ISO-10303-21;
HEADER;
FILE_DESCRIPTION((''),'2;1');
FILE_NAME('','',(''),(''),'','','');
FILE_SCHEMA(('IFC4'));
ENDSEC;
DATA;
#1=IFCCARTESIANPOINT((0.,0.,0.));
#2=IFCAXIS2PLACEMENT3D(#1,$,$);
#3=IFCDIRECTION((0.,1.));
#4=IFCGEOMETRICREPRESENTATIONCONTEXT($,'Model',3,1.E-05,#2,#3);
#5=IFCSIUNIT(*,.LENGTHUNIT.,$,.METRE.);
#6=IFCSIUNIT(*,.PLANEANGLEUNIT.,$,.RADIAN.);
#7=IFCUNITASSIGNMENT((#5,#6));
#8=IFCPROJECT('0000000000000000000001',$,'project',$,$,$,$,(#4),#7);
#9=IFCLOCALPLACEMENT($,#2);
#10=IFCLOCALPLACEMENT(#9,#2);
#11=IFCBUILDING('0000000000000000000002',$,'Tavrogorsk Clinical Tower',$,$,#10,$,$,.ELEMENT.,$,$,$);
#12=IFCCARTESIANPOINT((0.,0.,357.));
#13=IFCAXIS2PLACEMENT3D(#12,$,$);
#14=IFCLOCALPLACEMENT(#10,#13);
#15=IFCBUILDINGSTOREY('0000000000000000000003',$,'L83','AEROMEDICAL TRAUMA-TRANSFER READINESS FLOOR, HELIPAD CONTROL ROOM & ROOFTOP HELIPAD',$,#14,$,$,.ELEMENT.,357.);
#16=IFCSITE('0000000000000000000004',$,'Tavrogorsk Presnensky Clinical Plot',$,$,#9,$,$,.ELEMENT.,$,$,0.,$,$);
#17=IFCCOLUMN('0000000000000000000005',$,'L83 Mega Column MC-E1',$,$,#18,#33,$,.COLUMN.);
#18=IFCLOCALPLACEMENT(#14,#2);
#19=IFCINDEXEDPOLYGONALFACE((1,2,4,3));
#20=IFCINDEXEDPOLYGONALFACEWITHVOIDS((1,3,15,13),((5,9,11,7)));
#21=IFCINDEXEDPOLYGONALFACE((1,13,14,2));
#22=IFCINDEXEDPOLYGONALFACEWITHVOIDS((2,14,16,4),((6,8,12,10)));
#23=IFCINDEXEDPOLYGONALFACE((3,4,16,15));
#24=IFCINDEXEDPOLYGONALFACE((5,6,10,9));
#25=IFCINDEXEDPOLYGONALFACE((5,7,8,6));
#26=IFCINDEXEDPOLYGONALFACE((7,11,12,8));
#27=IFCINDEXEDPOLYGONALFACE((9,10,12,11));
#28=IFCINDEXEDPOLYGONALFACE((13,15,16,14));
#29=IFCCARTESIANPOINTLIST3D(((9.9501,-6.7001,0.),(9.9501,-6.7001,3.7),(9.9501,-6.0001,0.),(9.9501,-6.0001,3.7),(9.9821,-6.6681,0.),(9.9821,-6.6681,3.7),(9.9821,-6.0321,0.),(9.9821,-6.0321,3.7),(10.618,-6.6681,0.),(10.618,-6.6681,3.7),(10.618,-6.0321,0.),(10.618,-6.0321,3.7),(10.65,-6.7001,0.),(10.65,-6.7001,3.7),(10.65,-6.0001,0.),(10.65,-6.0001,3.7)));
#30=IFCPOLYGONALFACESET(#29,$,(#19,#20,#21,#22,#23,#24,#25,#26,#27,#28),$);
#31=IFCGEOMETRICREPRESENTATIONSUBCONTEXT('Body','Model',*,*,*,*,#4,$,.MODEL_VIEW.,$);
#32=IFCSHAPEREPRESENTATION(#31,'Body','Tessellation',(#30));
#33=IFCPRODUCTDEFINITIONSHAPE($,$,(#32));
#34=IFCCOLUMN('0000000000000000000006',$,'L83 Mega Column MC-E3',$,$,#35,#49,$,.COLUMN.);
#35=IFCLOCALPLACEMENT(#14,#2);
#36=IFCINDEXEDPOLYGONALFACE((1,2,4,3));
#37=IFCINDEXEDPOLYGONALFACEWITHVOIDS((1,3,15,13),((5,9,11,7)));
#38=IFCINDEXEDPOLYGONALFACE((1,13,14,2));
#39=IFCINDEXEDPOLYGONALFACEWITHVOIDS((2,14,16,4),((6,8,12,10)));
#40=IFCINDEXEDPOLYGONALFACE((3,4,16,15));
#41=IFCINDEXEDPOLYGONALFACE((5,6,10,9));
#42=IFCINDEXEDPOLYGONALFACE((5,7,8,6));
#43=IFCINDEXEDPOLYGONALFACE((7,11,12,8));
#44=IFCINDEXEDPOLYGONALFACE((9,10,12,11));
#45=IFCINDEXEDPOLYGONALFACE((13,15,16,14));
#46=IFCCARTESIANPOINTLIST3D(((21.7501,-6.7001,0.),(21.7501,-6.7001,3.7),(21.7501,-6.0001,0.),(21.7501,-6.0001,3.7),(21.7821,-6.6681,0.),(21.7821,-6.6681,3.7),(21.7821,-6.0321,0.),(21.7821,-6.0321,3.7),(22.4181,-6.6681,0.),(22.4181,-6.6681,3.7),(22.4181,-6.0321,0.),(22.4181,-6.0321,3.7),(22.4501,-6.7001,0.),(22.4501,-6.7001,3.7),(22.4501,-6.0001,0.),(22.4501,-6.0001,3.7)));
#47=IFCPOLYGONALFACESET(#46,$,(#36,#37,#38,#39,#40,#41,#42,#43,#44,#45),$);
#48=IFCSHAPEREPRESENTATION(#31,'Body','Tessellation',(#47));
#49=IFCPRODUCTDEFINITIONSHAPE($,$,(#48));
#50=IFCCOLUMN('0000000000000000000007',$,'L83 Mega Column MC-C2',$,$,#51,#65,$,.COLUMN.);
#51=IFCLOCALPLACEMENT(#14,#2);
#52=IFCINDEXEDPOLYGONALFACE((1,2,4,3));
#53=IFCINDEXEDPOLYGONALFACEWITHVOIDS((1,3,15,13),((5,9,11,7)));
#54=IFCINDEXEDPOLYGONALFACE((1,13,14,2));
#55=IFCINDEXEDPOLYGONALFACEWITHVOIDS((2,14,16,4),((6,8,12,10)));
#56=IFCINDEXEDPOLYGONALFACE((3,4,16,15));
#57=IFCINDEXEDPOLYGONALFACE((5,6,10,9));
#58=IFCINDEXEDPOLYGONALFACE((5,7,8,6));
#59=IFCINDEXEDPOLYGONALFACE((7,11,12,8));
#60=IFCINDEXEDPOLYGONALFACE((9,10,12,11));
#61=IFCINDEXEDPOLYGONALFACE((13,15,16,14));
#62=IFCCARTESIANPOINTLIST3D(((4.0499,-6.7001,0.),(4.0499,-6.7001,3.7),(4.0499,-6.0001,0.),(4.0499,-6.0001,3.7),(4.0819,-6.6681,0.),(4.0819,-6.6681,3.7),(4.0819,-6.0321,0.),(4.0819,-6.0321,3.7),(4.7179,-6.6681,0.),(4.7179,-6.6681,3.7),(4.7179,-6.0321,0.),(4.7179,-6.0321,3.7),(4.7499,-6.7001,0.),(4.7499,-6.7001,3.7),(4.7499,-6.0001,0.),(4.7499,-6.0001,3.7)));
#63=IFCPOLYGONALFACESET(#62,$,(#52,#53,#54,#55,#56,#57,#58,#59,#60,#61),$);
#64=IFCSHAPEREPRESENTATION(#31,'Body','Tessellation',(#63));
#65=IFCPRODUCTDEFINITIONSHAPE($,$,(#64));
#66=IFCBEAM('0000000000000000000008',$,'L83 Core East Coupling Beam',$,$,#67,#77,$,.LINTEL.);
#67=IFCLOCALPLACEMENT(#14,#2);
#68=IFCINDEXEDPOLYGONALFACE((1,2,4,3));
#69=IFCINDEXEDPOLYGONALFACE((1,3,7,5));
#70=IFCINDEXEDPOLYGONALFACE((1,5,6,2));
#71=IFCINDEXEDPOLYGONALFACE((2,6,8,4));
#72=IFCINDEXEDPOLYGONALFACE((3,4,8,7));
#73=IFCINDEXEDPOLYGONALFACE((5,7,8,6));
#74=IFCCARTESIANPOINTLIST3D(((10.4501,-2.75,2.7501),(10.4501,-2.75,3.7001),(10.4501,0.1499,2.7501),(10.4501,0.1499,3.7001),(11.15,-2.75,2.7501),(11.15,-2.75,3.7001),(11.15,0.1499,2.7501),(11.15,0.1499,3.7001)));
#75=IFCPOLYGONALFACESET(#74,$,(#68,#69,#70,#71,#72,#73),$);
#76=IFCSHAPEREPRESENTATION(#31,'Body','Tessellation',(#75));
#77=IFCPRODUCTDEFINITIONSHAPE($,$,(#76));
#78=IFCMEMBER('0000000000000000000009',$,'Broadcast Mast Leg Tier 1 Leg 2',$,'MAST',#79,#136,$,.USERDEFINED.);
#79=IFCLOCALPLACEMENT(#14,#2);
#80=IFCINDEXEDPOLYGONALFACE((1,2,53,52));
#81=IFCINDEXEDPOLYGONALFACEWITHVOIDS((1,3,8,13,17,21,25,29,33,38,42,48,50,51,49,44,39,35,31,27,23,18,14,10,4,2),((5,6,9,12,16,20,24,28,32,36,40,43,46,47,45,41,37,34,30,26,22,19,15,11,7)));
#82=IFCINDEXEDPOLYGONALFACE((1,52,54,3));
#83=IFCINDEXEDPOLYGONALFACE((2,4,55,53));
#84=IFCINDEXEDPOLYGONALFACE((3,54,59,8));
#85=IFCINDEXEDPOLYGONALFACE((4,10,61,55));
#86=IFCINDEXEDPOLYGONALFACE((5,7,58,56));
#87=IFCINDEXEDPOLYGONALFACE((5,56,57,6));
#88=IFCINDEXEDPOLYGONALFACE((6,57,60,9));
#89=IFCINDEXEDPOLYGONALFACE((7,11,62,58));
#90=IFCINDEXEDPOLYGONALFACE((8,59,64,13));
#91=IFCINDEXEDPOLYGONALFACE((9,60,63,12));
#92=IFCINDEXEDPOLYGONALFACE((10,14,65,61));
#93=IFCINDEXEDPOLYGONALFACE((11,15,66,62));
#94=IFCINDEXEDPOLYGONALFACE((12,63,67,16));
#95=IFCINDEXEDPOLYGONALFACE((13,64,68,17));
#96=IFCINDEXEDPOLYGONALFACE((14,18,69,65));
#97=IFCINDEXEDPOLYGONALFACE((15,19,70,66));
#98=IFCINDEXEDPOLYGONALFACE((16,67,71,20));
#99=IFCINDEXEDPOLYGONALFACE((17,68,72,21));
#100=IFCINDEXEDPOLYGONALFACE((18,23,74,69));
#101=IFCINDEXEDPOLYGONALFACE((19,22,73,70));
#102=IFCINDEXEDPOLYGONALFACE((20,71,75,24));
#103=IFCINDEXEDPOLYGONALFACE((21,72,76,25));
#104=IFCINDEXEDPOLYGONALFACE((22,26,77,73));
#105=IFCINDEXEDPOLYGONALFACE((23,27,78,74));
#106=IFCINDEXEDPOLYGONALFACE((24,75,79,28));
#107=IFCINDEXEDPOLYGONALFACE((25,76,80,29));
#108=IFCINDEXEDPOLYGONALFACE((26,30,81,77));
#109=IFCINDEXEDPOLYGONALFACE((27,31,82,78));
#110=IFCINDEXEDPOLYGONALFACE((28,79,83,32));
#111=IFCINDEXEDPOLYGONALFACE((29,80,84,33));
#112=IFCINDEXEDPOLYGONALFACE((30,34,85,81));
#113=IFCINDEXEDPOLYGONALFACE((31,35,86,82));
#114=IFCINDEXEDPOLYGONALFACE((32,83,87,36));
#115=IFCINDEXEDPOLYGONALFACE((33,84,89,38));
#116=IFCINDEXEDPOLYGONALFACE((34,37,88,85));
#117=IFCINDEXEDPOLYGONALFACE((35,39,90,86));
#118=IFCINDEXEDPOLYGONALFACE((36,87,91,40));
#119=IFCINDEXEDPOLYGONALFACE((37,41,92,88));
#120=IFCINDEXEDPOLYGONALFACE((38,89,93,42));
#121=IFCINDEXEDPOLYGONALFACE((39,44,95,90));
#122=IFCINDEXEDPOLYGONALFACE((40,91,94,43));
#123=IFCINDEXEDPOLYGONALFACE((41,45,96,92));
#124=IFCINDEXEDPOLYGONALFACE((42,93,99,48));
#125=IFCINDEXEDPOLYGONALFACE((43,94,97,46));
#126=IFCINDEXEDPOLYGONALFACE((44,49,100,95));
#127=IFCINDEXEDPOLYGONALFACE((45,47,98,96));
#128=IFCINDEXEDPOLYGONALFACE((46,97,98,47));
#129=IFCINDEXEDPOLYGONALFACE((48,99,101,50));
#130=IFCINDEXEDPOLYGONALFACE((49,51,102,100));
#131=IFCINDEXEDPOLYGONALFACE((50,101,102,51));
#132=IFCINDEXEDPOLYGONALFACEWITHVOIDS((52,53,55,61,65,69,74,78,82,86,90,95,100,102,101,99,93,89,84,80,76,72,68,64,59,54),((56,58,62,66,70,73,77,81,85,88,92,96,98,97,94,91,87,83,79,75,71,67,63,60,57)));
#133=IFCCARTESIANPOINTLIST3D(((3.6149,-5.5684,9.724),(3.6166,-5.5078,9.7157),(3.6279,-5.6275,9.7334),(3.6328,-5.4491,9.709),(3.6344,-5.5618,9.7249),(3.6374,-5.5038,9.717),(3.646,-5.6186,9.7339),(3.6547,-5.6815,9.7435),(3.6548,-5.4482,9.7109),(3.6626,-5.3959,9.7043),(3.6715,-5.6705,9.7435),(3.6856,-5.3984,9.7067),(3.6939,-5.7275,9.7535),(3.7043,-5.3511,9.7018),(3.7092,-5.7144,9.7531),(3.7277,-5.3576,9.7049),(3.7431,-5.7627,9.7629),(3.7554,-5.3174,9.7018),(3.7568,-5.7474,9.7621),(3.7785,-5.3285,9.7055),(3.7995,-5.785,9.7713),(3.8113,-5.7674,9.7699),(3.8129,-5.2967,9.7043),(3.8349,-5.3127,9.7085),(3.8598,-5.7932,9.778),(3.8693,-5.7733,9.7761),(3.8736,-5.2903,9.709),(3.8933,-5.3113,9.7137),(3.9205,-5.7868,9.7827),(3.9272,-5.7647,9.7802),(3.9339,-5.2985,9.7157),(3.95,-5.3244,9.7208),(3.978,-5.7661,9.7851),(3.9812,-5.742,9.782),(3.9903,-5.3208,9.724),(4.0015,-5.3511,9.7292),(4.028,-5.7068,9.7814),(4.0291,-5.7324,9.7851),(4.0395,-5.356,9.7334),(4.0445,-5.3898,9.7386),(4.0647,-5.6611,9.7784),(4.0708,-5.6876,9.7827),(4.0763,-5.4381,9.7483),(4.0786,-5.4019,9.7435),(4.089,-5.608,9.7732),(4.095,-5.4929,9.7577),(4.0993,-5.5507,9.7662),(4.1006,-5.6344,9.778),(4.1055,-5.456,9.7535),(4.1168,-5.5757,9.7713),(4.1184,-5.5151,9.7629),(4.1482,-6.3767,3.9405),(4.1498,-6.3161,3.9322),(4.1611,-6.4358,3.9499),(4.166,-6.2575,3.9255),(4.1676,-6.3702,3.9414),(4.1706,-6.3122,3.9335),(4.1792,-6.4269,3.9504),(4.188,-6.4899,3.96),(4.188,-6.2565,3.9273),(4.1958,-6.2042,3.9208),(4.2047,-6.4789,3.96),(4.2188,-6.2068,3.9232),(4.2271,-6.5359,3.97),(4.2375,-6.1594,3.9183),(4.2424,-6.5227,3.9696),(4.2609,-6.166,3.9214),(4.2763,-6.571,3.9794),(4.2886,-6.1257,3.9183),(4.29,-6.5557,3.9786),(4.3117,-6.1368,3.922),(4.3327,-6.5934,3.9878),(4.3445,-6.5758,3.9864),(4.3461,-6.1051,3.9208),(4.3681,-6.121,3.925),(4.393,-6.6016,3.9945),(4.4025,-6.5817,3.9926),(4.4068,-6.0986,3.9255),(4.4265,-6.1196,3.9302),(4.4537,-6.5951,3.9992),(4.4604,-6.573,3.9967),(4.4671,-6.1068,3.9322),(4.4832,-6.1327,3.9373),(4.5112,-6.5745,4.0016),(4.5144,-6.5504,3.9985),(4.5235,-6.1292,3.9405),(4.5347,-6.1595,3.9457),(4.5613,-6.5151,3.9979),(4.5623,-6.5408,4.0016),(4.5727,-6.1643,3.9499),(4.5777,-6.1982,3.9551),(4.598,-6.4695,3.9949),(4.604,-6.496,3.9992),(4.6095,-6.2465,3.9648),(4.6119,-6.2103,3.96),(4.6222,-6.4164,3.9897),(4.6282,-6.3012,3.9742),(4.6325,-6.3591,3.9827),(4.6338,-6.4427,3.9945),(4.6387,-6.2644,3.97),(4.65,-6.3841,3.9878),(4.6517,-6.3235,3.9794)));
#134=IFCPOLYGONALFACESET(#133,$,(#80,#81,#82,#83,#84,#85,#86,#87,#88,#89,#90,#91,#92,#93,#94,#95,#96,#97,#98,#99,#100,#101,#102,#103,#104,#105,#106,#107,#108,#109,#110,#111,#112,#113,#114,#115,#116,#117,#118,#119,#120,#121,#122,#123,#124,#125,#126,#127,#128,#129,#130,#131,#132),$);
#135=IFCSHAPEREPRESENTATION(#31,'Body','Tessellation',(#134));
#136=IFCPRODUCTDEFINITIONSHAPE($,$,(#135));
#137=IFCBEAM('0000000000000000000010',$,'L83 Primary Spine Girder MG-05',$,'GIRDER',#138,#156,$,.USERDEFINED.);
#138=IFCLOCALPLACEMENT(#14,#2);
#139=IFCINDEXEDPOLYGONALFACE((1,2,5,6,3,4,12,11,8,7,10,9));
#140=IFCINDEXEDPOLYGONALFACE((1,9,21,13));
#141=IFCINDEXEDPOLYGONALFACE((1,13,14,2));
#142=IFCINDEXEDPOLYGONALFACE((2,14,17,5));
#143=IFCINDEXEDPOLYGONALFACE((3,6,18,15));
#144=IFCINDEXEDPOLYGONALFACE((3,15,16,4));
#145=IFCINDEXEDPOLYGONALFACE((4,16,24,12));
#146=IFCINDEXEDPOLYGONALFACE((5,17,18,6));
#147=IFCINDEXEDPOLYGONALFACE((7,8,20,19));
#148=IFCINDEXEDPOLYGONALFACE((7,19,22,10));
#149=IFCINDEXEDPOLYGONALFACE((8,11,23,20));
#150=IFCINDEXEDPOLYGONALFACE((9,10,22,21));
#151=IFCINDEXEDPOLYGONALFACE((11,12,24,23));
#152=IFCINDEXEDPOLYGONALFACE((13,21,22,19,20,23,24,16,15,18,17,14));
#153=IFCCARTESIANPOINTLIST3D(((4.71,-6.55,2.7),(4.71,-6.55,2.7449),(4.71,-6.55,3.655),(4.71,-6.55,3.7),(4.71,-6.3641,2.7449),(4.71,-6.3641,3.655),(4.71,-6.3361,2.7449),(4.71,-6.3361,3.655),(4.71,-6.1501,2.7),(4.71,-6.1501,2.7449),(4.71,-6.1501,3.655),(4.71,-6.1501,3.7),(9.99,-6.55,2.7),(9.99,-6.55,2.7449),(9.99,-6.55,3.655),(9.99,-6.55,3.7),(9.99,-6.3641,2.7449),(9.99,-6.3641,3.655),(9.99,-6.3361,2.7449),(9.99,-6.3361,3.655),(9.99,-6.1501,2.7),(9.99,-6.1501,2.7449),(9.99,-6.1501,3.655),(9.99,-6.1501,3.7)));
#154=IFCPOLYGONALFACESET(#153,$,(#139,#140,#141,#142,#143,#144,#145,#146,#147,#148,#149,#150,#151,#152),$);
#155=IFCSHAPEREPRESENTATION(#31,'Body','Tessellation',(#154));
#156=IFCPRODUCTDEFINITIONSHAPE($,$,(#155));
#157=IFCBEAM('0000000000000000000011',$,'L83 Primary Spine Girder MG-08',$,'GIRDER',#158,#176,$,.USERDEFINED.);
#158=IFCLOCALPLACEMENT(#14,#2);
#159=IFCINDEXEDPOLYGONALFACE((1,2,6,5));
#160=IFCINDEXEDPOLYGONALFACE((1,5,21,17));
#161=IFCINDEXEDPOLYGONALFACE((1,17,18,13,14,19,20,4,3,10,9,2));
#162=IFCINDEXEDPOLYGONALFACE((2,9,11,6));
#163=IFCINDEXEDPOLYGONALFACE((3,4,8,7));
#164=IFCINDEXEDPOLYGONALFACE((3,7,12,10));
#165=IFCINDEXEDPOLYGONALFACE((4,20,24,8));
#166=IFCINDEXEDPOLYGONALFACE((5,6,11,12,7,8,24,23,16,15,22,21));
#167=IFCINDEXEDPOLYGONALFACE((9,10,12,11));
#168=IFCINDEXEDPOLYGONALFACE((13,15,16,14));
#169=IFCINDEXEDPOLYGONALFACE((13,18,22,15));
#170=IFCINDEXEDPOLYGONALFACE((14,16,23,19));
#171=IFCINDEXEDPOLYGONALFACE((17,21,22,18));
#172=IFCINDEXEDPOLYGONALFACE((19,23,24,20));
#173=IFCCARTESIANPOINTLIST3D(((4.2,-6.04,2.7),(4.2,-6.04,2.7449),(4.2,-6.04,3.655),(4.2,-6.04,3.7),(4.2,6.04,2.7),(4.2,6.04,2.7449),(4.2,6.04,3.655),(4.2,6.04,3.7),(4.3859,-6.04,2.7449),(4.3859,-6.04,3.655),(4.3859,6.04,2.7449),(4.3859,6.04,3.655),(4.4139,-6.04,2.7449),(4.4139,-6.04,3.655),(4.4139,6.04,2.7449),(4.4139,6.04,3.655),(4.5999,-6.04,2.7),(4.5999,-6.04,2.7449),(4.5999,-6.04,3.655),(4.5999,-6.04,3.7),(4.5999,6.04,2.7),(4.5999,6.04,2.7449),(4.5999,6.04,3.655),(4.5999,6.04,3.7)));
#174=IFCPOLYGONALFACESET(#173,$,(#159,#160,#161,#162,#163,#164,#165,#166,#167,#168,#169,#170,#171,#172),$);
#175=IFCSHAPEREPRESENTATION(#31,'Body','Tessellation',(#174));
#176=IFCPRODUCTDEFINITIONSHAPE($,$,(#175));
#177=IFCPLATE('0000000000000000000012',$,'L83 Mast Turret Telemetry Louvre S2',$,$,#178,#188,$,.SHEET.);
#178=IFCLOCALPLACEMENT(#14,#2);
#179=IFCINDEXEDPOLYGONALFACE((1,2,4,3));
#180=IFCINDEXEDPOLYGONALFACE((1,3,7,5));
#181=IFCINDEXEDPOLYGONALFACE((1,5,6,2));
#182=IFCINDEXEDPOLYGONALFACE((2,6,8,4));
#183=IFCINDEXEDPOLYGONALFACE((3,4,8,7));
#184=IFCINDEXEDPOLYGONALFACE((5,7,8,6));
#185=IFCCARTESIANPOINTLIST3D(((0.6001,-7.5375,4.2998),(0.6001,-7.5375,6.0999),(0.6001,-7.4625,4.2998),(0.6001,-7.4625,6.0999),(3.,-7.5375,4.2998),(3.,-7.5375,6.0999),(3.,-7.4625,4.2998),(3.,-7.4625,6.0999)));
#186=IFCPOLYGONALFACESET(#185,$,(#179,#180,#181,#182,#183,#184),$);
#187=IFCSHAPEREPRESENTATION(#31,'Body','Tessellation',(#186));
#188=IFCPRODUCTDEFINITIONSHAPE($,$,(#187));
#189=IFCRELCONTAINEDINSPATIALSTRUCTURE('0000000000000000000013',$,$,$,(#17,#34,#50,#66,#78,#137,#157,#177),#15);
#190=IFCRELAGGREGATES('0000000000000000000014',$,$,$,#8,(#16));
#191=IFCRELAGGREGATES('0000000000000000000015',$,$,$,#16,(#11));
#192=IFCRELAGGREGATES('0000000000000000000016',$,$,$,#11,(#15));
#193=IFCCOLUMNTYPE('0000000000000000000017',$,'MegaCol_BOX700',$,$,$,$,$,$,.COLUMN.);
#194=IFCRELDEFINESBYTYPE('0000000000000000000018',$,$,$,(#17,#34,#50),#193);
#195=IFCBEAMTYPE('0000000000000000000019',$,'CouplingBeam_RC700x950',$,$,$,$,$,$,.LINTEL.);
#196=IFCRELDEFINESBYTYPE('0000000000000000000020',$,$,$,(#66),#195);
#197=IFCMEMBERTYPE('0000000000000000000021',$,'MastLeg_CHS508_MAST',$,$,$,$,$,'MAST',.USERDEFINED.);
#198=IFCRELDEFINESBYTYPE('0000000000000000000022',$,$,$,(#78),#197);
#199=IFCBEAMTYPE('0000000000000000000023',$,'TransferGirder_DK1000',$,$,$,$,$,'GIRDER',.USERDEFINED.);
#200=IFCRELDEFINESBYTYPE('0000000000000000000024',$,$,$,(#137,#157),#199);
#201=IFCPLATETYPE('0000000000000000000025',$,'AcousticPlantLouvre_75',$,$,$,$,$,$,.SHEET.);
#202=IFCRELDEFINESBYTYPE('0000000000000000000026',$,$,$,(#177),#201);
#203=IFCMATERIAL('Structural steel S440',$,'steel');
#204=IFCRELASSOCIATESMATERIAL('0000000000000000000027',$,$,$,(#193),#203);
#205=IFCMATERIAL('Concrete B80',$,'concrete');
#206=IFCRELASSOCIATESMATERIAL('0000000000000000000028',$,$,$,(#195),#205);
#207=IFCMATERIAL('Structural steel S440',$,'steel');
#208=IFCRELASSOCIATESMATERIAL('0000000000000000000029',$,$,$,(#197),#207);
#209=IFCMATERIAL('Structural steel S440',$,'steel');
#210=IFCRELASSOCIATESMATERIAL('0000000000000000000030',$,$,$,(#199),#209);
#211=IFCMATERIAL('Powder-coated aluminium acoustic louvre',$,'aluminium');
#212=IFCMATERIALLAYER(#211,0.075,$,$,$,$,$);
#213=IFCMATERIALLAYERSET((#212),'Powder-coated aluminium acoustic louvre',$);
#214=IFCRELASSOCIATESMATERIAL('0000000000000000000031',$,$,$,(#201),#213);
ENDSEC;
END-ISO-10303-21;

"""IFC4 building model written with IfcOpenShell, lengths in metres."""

from ifc_helpers import new_model, si_unit, direction, frame, origin, origin_2d, place, context, subcontext, project, spatial, rectangle, hollow_rectangle, hollow_circle, i_section, extrude, material, layer, layer_set, material_profile, profile_set, type_object, element, save


model = new_model("IFC4")

# Units and contexts
model_context = context("Model", 3, precision=1e-05, world=origin(), true_north=direction((0.0, 1.0)))
body_context = subcontext(model_context, "Body", "Model", "MODEL_VIEW")
ifc_project = project(units=[si_unit("LENGTHUNIT", "METRE"), si_unit("PLANEANGLEUNIT", "RADIAN")], contexts=[model_context])

# Site, building, storey
site_placement = place(None, origin())
site = spatial("IfcSite", under=ifc_project, at=site_placement, Name="Tavrogorsk Presnensky Clinical Plot", CompositionType="ELEMENT", RefElevation=0.0)
building_placement = place(site_placement, origin())
building = spatial("IfcBuilding", under=site, at=building_placement, Name="Tavrogorsk Clinical Tower", CompositionType="ELEMENT")
storey_placement = place(building_placement, frame((0.0, 0.0, 357.0)))
storey = spatial("IfcBuildingStorey", under=building, at=storey_placement, Name="L83", Description="AEROMEDICAL TRAUMA-TRANSFER READINESS FLOOR, HELIPAD CONTROL ROOM & ROOFTOP HELIPAD", CompositionType="ELEMENT", Elevation=357.0)

# Columns
ifc_material_1 = material(Name="Structural steel S440", Category="steel")
ifc_material_profile_1 = material_profile(ifc_material_1, hollow_rectangle(XDim=0.7, YDim=0.7, WallThickness=0.032, at=origin_2d()), Name="BOX-700x700x32")
ifc_profile_set_1 = profile_set([ifc_material_profile_1], Name="Structural steel S440")
column_type = type_object("IfcColumnType", Name="MegaCol_BOX700", PredefinedType="COLUMN", material=ifc_profile_set_1)
for number, where, z_axis, x_axis, name in (
    (1, (10.3, -6.3501, 0.0), (0.0, 0.0, 1.0), (1.0, 0.0, 0.0), "L83 Mega Column MC-E1"),
    (2, (22.1001, -6.3501, 0.0), (0.0, 0.0, 1.0), (1.0, 0.0, 0.0), "L83 Mega Column MC-E3"),
    (3, (4.3999, -6.3501, 0.0), (0.0, 0.0, 1.0), (1.0, 0.0, 0.0), "L83 Mega Column MC-C2"),
):
    element("IfcColumn", number, at=place(storey_placement, frame(where, z_axis=z_axis, x_axis=x_axis)), inside=storey, type_object=column_type, Name=name, PredefinedType="COLUMN", context=body_context, shape_type="SweptSolid", body=[
        extrude(hollow_rectangle(XDim=0.7, YDim=0.7, WallThickness=0.032, at=origin_2d()), origin(), (0.0, 0.0, 1.0), 3.7),
    ])

# Beam
ifc_material_2 = material(Name="Concrete B80", Category="concrete")
ifc_material_profile_2 = material_profile(ifc_material_2, rectangle(XDim=0.7, YDim=0.95, at=origin_2d()), Name="RC-CB-700x950")
ifc_profile_set_2 = profile_set([ifc_material_profile_2], Name="Concrete B80")
beam_type_1 = type_object("IfcBeamType", Name="CouplingBeam_RC700x950", PredefinedType="LINTEL", material=ifc_profile_set_2)
beam_1_placement = place(storey_placement, frame((10.8, -2.75, 3.2251), z_axis=(0.0, 1.0, 0.0), x_axis=(-1.0, 0.0, 0.0)))
element("IfcBeam", 4, at=beam_1_placement, inside=storey, type_object=beam_type_1, Name="L83 Core East Coupling Beam", PredefinedType="LINTEL", context=body_context, shape_type="SweptSolid", body=[
    extrude(rectangle(XDim=0.7, YDim=0.95, at=origin_2d()), origin(), (0.0, 0.0, 1.0), 2.8999),
])

# Member
ifc_material_3 = material(Name="Structural steel S440", Category="steel")
ifc_material_profile_3 = material_profile(ifc_material_3, hollow_circle(Radius=0.2539, WallThickness=0.02, at=origin_2d()), Name="CHS-508x20")
ifc_profile_set_3 = profile_set([ifc_material_profile_3], Name="Structural steel S440")
member_type = type_object("IfcMemberType", Name="MastLeg_CHS508_MAST", ElementType="MAST", PredefinedType="USERDEFINED", material=ifc_profile_set_3)
member_placement = place(storey_placement, frame((4.3999, -6.3501, 3.96), z_axis=(-0.090929, 0.137851, 0.98627), x_axis=(-0.834755, -0.550621, 0.0)))
element("IfcMember", 5, at=member_placement, inside=storey, type_object=member_type, Name="Broadcast Mast Leg Tier 1 Leg 2", ObjectType="MAST", PredefinedType="USERDEFINED", context=body_context, shape_type="SweptSolid", body=[
    extrude(hollow_circle(Radius=0.2539, WallThickness=0.02, at=origin_2d()), origin(), (0.0, 0.0, 1.0), 5.864),
])

# Beams
ifc_material_4 = material(Name="Structural steel S440", Category="steel")
ifc_material_profile_4 = material_profile(ifc_material_4, i_section(OverallWidth=0.3999, OverallDepth=1.0, WebThickness=0.0281, FlangeThickness=0.0449, at=origin_2d()), Name="DK-1000x400x28x45")
ifc_profile_set_4 = profile_set([ifc_material_profile_4], Name="Structural steel S440")
beam_type_2 = type_object("IfcBeamType", Name="TransferGirder_DK1000", ElementType="GIRDER", PredefinedType="USERDEFINED", material=ifc_profile_set_4)
beam_2_placement = place(storey_placement, frame((4.71, -6.3501, 3.2), z_axis=(1.0, 0.0, 0.0), x_axis=(0.0, 1.0, 0.0)))
element("IfcBeam", 6, at=beam_2_placement, inside=storey, type_object=beam_type_2, Name="L83 Primary Spine Girder MG-05", ObjectType="GIRDER", PredefinedType="USERDEFINED", context=body_context, shape_type="SweptSolid", body=[
    extrude(i_section(OverallWidth=0.3999, OverallDepth=1.0, WebThickness=0.0281, FlangeThickness=0.0449, at=origin_2d()), origin(), (0.0, 0.0, 1.0), 5.28),
])
beam_3_placement = place(storey_placement, frame((4.3999, -6.04, 3.2), z_axis=(0.0, 1.0, 0.0), x_axis=(-1.0, 0.0, 0.0)))
element("IfcBeam", 7, at=beam_3_placement, inside=storey, type_object=beam_type_2, Name="L83 Primary Spine Girder MG-08", ObjectType="GIRDER", PredefinedType="USERDEFINED", context=body_context, shape_type="SweptSolid", body=[
    extrude(i_section(OverallWidth=0.3999, OverallDepth=1.0, WebThickness=0.0281, FlangeThickness=0.0449, at=origin_2d()), origin(), (0.0, 0.0, 1.0), 12.0801),
])

# Plate
ifc_material_5 = material(Name="Powder-coated aluminium acoustic louvre", Category="aluminium")
ifc_layer_1 = layer(ifc_material_5, 0.075)
ifc_layer_set_1 = layer_set([ifc_layer_1], Name="Powder-coated aluminium acoustic louvre")
plate_type_1 = type_object("IfcPlateType", Name="AcousticPlantLouvre_75", PredefinedType="SHEET", material=ifc_layer_set_1)
plate_1_placement = place(storey_placement, frame((1.8, -7.5, 4.2998), z_axis=(0.0, 0.0, 1.0), x_axis=(1.0, 0.0, 0.0)))
element("IfcPlate", 8, at=plate_1_placement, inside=storey, type_object=plate_type_1, Name="L83 Mast Turret Telemetry Louvre S2", PredefinedType="SHEET", context=body_context, shape_type="SweptSolid", body=[
    extrude(rectangle(XDim=2.3999, YDim=0.075, at=origin_2d()), origin(), (0.0, 0.0, 1.0), 1.8),
])

save(model, "model.ifc")
